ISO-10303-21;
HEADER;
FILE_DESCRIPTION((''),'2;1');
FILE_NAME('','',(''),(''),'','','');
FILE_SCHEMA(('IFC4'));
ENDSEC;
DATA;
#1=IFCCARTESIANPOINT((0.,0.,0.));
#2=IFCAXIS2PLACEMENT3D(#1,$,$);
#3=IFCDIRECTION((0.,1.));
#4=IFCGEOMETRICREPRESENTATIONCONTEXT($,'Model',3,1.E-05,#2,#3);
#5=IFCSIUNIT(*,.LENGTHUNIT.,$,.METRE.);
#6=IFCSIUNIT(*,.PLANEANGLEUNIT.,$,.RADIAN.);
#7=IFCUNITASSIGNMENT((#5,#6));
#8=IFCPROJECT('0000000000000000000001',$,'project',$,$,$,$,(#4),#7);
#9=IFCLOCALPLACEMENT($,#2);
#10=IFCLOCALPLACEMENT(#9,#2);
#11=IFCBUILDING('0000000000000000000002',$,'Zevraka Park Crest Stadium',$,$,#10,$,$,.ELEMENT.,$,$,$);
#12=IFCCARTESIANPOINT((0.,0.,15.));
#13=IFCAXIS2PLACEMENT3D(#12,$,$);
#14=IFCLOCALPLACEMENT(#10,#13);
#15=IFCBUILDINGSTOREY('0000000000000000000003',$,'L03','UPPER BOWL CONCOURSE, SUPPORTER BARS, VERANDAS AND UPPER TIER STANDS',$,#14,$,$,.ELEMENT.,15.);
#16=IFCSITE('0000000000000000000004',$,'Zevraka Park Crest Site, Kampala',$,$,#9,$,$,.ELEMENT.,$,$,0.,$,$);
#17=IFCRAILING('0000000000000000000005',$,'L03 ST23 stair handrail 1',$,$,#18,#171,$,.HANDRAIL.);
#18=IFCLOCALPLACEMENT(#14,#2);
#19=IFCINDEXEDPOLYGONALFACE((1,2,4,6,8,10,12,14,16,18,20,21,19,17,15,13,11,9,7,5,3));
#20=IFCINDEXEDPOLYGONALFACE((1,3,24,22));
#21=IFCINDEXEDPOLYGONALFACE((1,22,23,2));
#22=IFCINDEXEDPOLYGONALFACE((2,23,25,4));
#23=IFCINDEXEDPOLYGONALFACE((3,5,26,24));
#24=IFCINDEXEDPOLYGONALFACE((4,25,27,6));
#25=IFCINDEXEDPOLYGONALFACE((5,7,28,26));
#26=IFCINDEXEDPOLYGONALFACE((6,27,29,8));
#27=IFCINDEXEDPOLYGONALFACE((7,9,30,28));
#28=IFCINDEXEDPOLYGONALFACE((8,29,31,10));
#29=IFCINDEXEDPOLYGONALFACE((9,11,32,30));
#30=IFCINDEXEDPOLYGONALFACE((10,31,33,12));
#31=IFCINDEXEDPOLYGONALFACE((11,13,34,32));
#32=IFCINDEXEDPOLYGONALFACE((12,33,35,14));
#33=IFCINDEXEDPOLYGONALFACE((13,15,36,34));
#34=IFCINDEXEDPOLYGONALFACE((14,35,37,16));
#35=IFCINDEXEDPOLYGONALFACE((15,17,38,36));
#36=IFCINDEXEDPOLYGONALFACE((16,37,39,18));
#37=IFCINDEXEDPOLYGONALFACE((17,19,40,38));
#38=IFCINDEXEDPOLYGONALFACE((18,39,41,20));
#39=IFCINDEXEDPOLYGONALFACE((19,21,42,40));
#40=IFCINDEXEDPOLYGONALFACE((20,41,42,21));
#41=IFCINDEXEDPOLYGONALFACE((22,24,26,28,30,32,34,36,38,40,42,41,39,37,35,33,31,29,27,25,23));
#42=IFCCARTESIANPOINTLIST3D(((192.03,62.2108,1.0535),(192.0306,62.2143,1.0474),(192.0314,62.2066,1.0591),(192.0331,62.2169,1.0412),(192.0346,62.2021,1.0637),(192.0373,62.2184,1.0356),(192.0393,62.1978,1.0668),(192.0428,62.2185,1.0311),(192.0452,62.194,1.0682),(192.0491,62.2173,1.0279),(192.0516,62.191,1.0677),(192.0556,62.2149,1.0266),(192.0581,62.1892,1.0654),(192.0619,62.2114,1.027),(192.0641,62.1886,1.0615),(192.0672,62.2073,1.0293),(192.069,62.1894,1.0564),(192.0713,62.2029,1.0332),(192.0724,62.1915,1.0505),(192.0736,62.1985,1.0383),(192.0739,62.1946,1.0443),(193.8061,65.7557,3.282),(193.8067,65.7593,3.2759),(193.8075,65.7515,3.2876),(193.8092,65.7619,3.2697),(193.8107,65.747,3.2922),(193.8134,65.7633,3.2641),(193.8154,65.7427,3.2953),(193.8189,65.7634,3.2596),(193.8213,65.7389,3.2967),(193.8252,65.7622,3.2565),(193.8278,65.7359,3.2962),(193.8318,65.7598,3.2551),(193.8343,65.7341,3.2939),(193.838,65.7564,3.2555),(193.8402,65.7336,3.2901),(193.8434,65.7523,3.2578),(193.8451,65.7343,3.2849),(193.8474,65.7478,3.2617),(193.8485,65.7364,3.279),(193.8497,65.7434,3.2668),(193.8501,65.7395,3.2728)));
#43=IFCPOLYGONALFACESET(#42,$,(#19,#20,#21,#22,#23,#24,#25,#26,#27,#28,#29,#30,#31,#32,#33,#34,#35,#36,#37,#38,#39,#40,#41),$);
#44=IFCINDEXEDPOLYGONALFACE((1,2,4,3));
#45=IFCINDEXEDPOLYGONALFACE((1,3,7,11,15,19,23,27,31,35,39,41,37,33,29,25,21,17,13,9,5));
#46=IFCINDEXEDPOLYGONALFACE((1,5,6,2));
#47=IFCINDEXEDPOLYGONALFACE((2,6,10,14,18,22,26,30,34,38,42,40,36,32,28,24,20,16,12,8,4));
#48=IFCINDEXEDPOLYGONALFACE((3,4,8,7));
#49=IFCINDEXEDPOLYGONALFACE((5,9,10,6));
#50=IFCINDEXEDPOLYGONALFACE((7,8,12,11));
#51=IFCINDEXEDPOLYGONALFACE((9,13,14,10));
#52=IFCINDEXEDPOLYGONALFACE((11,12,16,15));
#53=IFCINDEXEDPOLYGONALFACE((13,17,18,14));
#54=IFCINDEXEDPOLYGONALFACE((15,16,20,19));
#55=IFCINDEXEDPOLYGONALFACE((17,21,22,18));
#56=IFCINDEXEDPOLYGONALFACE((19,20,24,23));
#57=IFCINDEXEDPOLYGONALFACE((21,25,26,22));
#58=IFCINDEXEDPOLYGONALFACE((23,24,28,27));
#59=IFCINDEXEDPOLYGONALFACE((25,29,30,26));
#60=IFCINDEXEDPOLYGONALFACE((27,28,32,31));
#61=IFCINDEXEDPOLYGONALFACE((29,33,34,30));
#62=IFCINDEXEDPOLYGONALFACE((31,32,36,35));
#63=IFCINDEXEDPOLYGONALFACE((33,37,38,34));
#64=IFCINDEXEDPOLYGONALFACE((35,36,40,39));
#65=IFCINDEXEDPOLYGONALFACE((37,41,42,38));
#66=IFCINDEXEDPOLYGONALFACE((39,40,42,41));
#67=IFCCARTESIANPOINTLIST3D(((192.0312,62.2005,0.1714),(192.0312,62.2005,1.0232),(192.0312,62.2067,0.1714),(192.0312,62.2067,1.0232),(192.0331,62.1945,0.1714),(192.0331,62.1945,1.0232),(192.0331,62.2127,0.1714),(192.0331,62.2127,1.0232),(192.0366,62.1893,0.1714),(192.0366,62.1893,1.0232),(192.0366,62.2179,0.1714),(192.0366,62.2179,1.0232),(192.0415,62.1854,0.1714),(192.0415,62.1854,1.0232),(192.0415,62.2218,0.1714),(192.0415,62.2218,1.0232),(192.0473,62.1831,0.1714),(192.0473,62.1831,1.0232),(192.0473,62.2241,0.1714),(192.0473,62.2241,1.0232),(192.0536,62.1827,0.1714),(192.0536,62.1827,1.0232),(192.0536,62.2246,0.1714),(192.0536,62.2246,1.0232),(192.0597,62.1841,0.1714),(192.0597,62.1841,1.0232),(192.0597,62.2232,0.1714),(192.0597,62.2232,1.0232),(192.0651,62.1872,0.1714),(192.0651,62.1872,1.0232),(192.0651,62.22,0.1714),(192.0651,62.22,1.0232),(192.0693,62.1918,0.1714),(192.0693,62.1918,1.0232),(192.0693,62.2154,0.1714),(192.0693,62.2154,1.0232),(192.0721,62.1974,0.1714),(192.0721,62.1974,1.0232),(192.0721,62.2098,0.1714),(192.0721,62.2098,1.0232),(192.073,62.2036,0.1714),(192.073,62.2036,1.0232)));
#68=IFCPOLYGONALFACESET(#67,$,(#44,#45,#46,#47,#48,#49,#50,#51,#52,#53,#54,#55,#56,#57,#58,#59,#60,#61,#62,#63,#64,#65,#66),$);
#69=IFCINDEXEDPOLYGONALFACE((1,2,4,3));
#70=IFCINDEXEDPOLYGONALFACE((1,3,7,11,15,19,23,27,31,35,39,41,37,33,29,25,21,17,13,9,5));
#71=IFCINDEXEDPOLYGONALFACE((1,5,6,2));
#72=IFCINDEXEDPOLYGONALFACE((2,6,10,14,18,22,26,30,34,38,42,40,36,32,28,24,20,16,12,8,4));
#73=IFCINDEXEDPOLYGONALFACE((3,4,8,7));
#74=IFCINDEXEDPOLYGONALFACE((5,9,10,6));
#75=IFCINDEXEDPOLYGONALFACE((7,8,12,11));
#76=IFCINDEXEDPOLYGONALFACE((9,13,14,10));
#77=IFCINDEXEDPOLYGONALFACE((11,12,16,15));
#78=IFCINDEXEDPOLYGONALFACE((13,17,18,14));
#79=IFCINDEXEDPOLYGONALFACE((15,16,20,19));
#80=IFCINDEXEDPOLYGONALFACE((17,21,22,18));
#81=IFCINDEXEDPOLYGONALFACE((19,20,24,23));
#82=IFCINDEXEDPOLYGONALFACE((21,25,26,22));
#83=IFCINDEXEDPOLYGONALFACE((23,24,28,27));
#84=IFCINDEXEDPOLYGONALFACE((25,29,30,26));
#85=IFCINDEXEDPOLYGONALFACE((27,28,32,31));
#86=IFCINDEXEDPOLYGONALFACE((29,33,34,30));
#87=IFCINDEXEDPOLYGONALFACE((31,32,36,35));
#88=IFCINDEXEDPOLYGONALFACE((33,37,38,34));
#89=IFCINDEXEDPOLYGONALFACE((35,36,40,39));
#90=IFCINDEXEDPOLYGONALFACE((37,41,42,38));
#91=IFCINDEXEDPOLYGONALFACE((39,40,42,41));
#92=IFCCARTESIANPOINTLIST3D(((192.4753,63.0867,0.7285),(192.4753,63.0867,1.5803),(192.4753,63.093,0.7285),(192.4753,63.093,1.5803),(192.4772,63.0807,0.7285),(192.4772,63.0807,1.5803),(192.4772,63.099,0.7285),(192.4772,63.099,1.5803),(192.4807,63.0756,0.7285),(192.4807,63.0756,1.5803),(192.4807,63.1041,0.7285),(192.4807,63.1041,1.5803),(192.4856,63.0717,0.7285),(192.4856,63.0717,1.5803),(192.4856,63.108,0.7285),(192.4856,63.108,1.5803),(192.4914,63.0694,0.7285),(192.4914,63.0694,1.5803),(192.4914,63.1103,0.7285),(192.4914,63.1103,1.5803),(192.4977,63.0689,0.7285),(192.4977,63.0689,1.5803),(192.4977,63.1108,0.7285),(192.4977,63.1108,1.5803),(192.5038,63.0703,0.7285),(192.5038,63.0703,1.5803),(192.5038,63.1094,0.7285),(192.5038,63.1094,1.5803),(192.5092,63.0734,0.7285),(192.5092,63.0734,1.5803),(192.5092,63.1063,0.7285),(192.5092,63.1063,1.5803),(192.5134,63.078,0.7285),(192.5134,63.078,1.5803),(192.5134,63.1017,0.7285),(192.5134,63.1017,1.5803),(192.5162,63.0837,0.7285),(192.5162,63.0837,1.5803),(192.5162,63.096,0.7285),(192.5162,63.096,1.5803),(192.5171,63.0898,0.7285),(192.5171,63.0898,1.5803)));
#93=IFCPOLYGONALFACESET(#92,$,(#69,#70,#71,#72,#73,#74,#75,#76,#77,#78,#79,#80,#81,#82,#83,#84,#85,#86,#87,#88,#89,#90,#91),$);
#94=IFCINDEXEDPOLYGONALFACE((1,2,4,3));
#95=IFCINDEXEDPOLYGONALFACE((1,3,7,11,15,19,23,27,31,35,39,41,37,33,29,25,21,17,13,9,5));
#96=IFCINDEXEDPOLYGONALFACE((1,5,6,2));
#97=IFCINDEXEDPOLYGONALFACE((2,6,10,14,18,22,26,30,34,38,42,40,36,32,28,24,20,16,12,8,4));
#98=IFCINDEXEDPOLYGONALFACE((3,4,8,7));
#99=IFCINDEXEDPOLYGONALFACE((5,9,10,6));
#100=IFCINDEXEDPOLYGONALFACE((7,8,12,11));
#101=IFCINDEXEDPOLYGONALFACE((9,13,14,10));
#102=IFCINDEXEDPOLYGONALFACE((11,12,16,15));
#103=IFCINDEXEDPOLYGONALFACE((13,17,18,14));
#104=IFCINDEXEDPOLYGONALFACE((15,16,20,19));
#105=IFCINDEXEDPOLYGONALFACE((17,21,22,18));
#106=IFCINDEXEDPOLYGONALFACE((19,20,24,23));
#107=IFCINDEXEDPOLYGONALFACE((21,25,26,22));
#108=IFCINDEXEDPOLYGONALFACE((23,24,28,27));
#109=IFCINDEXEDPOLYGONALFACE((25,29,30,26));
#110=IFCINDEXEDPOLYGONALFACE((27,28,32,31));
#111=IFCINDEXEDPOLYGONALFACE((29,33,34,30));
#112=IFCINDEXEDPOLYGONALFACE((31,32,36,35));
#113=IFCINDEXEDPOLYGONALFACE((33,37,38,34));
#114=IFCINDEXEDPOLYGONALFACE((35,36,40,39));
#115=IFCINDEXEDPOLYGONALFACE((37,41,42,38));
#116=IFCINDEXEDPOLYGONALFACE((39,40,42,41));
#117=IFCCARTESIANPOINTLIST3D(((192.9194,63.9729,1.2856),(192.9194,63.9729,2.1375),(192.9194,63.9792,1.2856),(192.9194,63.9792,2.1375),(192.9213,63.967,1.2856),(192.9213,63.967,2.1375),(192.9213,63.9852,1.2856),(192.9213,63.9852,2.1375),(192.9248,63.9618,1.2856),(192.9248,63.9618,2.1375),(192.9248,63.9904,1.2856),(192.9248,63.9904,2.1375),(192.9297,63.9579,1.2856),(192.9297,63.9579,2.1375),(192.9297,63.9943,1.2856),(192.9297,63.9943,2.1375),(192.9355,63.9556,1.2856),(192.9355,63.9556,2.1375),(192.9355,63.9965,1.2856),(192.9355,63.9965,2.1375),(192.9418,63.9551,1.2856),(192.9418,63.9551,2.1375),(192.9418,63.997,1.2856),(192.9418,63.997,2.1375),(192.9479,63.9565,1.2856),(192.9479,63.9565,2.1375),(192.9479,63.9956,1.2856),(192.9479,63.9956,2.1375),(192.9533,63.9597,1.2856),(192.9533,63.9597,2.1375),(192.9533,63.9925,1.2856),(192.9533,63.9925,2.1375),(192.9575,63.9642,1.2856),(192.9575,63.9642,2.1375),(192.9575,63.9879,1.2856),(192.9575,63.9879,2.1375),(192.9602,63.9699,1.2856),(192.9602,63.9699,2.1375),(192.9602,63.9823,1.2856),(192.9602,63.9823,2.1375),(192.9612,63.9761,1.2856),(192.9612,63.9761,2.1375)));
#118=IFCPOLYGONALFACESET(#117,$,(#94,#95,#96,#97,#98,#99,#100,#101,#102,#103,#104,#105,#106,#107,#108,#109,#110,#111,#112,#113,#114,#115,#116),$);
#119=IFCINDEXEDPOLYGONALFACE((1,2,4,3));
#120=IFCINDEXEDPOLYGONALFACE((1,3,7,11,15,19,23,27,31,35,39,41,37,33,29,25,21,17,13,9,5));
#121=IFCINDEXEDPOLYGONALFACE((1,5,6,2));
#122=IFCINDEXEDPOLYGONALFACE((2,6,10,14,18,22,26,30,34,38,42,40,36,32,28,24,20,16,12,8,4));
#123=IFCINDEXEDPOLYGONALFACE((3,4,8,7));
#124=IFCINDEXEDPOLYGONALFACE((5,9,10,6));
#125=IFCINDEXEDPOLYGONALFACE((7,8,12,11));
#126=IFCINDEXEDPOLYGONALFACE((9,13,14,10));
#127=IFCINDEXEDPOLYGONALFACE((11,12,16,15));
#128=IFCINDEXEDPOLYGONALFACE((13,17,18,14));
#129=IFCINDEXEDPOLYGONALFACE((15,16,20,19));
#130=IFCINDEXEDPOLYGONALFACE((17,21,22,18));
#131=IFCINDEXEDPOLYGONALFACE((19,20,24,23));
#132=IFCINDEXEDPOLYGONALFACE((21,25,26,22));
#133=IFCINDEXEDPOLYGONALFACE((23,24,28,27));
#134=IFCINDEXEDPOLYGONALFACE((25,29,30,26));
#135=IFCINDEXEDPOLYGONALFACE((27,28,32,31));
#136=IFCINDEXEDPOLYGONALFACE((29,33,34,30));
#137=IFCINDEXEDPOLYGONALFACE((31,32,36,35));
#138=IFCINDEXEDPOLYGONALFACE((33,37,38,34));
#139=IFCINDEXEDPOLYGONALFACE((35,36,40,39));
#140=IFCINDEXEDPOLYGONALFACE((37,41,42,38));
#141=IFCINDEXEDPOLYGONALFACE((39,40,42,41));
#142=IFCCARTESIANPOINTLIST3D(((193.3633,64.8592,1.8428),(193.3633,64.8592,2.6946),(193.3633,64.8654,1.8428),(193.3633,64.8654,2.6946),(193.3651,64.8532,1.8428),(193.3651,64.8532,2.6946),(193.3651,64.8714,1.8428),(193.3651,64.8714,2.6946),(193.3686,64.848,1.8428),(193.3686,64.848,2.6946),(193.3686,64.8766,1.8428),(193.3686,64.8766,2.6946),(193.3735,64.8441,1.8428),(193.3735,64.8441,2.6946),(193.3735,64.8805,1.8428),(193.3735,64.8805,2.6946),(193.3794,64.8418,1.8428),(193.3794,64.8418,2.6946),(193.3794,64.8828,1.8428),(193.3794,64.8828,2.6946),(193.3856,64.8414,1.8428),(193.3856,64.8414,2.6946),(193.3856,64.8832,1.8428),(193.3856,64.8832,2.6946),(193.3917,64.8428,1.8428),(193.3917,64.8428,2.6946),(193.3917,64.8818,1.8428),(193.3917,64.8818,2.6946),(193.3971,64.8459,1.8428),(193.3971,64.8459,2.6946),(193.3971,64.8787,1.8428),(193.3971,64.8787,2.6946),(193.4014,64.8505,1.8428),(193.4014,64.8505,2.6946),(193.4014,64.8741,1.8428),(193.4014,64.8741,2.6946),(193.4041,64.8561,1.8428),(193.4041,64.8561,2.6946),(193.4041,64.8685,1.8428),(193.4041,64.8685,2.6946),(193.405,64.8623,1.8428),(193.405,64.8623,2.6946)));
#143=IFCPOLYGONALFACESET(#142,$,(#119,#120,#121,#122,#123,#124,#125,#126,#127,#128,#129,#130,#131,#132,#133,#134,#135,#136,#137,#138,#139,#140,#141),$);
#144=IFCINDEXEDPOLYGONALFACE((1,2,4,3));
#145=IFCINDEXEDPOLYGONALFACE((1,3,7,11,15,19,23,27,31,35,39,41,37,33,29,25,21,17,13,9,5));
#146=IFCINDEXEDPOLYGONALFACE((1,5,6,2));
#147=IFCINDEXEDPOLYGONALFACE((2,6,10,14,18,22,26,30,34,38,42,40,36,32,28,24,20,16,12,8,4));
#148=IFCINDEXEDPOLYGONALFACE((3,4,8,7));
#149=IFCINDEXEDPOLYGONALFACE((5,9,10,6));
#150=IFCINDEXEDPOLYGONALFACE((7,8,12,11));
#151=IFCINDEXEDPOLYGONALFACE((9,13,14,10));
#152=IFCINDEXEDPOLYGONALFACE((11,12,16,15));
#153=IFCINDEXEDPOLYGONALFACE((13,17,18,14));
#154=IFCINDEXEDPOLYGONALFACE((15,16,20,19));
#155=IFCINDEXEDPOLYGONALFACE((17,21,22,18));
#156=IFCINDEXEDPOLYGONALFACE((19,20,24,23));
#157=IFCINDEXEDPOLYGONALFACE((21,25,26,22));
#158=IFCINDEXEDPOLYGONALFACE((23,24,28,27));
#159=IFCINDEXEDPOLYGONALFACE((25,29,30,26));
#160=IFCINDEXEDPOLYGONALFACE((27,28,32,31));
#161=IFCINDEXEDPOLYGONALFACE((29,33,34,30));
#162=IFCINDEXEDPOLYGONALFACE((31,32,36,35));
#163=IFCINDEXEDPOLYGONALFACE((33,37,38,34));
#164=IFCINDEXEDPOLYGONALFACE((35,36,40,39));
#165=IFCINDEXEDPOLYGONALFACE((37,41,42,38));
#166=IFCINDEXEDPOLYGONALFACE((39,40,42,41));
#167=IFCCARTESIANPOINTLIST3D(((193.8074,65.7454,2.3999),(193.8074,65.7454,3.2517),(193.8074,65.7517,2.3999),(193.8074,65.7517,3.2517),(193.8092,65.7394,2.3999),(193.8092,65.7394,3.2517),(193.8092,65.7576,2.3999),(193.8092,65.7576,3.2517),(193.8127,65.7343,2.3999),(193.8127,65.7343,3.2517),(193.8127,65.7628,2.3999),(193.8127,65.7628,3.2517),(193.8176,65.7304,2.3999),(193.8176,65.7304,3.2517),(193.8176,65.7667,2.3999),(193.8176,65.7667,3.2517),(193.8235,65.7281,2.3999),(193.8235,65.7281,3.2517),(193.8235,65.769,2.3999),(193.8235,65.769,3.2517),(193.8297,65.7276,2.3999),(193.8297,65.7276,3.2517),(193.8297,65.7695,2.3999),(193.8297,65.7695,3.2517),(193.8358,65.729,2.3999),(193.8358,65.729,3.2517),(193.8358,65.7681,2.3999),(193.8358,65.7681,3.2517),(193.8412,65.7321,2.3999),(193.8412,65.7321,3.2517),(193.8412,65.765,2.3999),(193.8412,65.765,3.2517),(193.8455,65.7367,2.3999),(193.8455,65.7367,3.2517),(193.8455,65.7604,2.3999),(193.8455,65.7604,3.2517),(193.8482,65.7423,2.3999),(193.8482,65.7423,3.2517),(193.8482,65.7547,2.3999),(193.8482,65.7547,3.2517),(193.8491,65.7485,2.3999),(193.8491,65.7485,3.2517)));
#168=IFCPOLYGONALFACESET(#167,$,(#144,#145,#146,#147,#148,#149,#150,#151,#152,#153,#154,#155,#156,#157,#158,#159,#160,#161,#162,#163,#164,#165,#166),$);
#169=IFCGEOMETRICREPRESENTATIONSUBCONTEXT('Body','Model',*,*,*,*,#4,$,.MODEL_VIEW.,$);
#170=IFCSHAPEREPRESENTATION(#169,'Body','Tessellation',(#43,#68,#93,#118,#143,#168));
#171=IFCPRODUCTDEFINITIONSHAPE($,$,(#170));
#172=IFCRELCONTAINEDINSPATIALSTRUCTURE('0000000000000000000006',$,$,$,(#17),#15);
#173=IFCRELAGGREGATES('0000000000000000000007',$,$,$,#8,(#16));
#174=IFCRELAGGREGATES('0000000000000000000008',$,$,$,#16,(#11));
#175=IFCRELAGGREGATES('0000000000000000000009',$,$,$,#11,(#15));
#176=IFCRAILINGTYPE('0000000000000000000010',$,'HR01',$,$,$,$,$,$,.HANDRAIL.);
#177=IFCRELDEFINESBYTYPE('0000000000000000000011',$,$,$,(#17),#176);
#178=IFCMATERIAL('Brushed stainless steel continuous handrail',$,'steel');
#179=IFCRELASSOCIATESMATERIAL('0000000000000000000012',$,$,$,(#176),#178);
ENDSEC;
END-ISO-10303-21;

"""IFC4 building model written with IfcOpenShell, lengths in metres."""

from ifc_helpers import new_model, si_unit, direction, frame, origin, origin_2d, place, context, subcontext, project, spatial, circle, extrude, material, type_object, element, save


model = new_model("IFC4")

# Units and contexts
model_context = context("Model", 3, precision=1e-05, world=origin(), true_north=direction((0.0, 1.0)))
body_context = subcontext(model_context, "Body", "Model", "MODEL_VIEW")
ifc_project = project(units=[si_unit("LENGTHUNIT", "METRE"), si_unit("PLANEANGLEUNIT", "RADIAN")], contexts=[model_context])

# Site, building, storey
site_placement = place(None, origin())
site = spatial("IfcSite", under=ifc_project, at=site_placement, Name="Zevraka Park Crest Site, Kampala", CompositionType="ELEMENT", RefElevation=0.0)
building_placement = place(site_placement, origin())
building = spatial("IfcBuilding", under=site, at=building_placement, Name="Zevraka Park Crest Stadium", CompositionType="ELEMENT")
storey_placement = place(building_placement, frame((0.0, 0.0, 15.0)))
storey = spatial("IfcBuildingStorey", under=building, at=storey_placement, Name="L03", Description="UPPER BOWL CONCOURSE, SUPPORTER BARS, VERANDAS AND UPPER TIER STANDS", CompositionType="ELEMENT", Elevation=15.0)

# Railing
ifc_material_1 = material(Name="Brushed stainless steel continuous handrail", Category="steel")
railing_type_1 = type_object("IfcRailingType", Name="HR01", PredefinedType="HANDRAIL", material=ifc_material_1)
railing_1_placement = place(storey_placement, frame((192.052, 62.2036, 0.1714)))
element("IfcRailing", 1, at=railing_1_placement, inside=storey, type_object=railing_type_1, Name="L03 ST23 stair handrail 1", PredefinedType="HANDRAIL", context=body_context, shape_type="SweptSolid", body=[
    extrude(circle(Radius=0.0239, at=origin_2d()), frame((0.0, 0.0, 0.876), z_axis=(0.390499, 0.779389, 0.489963), x_axis=(-0.894057, 0.447952, 0.0)), (0.0, 0.0, 1.0), 4.5483),
    extrude(circle(Radius=0.021, at=origin_2d()), origin(), (0.0, 0.0, 1.0), 0.8518),
    extrude(circle(Radius=0.021, at=origin_2d()), frame((0.4441, 0.8862, 0.5571)), (0.0, 0.0, 1.0), 0.8518),
    extrude(circle(Radius=0.021, at=origin_2d()), frame((0.8882, 1.7725, 1.1143)), (0.0, 0.0, 1.0), 0.8518),
    extrude(circle(Radius=0.021, at=origin_2d()), frame((1.332, 2.6587, 1.6714)), (0.0, 0.0, 1.0), 0.8518),
    extrude(circle(Radius=0.021, at=origin_2d()), frame((1.7761, 3.5449, 2.2285)), (0.0, 0.0, 1.0), 0.8518),
])

save(model, "model.ifc")
